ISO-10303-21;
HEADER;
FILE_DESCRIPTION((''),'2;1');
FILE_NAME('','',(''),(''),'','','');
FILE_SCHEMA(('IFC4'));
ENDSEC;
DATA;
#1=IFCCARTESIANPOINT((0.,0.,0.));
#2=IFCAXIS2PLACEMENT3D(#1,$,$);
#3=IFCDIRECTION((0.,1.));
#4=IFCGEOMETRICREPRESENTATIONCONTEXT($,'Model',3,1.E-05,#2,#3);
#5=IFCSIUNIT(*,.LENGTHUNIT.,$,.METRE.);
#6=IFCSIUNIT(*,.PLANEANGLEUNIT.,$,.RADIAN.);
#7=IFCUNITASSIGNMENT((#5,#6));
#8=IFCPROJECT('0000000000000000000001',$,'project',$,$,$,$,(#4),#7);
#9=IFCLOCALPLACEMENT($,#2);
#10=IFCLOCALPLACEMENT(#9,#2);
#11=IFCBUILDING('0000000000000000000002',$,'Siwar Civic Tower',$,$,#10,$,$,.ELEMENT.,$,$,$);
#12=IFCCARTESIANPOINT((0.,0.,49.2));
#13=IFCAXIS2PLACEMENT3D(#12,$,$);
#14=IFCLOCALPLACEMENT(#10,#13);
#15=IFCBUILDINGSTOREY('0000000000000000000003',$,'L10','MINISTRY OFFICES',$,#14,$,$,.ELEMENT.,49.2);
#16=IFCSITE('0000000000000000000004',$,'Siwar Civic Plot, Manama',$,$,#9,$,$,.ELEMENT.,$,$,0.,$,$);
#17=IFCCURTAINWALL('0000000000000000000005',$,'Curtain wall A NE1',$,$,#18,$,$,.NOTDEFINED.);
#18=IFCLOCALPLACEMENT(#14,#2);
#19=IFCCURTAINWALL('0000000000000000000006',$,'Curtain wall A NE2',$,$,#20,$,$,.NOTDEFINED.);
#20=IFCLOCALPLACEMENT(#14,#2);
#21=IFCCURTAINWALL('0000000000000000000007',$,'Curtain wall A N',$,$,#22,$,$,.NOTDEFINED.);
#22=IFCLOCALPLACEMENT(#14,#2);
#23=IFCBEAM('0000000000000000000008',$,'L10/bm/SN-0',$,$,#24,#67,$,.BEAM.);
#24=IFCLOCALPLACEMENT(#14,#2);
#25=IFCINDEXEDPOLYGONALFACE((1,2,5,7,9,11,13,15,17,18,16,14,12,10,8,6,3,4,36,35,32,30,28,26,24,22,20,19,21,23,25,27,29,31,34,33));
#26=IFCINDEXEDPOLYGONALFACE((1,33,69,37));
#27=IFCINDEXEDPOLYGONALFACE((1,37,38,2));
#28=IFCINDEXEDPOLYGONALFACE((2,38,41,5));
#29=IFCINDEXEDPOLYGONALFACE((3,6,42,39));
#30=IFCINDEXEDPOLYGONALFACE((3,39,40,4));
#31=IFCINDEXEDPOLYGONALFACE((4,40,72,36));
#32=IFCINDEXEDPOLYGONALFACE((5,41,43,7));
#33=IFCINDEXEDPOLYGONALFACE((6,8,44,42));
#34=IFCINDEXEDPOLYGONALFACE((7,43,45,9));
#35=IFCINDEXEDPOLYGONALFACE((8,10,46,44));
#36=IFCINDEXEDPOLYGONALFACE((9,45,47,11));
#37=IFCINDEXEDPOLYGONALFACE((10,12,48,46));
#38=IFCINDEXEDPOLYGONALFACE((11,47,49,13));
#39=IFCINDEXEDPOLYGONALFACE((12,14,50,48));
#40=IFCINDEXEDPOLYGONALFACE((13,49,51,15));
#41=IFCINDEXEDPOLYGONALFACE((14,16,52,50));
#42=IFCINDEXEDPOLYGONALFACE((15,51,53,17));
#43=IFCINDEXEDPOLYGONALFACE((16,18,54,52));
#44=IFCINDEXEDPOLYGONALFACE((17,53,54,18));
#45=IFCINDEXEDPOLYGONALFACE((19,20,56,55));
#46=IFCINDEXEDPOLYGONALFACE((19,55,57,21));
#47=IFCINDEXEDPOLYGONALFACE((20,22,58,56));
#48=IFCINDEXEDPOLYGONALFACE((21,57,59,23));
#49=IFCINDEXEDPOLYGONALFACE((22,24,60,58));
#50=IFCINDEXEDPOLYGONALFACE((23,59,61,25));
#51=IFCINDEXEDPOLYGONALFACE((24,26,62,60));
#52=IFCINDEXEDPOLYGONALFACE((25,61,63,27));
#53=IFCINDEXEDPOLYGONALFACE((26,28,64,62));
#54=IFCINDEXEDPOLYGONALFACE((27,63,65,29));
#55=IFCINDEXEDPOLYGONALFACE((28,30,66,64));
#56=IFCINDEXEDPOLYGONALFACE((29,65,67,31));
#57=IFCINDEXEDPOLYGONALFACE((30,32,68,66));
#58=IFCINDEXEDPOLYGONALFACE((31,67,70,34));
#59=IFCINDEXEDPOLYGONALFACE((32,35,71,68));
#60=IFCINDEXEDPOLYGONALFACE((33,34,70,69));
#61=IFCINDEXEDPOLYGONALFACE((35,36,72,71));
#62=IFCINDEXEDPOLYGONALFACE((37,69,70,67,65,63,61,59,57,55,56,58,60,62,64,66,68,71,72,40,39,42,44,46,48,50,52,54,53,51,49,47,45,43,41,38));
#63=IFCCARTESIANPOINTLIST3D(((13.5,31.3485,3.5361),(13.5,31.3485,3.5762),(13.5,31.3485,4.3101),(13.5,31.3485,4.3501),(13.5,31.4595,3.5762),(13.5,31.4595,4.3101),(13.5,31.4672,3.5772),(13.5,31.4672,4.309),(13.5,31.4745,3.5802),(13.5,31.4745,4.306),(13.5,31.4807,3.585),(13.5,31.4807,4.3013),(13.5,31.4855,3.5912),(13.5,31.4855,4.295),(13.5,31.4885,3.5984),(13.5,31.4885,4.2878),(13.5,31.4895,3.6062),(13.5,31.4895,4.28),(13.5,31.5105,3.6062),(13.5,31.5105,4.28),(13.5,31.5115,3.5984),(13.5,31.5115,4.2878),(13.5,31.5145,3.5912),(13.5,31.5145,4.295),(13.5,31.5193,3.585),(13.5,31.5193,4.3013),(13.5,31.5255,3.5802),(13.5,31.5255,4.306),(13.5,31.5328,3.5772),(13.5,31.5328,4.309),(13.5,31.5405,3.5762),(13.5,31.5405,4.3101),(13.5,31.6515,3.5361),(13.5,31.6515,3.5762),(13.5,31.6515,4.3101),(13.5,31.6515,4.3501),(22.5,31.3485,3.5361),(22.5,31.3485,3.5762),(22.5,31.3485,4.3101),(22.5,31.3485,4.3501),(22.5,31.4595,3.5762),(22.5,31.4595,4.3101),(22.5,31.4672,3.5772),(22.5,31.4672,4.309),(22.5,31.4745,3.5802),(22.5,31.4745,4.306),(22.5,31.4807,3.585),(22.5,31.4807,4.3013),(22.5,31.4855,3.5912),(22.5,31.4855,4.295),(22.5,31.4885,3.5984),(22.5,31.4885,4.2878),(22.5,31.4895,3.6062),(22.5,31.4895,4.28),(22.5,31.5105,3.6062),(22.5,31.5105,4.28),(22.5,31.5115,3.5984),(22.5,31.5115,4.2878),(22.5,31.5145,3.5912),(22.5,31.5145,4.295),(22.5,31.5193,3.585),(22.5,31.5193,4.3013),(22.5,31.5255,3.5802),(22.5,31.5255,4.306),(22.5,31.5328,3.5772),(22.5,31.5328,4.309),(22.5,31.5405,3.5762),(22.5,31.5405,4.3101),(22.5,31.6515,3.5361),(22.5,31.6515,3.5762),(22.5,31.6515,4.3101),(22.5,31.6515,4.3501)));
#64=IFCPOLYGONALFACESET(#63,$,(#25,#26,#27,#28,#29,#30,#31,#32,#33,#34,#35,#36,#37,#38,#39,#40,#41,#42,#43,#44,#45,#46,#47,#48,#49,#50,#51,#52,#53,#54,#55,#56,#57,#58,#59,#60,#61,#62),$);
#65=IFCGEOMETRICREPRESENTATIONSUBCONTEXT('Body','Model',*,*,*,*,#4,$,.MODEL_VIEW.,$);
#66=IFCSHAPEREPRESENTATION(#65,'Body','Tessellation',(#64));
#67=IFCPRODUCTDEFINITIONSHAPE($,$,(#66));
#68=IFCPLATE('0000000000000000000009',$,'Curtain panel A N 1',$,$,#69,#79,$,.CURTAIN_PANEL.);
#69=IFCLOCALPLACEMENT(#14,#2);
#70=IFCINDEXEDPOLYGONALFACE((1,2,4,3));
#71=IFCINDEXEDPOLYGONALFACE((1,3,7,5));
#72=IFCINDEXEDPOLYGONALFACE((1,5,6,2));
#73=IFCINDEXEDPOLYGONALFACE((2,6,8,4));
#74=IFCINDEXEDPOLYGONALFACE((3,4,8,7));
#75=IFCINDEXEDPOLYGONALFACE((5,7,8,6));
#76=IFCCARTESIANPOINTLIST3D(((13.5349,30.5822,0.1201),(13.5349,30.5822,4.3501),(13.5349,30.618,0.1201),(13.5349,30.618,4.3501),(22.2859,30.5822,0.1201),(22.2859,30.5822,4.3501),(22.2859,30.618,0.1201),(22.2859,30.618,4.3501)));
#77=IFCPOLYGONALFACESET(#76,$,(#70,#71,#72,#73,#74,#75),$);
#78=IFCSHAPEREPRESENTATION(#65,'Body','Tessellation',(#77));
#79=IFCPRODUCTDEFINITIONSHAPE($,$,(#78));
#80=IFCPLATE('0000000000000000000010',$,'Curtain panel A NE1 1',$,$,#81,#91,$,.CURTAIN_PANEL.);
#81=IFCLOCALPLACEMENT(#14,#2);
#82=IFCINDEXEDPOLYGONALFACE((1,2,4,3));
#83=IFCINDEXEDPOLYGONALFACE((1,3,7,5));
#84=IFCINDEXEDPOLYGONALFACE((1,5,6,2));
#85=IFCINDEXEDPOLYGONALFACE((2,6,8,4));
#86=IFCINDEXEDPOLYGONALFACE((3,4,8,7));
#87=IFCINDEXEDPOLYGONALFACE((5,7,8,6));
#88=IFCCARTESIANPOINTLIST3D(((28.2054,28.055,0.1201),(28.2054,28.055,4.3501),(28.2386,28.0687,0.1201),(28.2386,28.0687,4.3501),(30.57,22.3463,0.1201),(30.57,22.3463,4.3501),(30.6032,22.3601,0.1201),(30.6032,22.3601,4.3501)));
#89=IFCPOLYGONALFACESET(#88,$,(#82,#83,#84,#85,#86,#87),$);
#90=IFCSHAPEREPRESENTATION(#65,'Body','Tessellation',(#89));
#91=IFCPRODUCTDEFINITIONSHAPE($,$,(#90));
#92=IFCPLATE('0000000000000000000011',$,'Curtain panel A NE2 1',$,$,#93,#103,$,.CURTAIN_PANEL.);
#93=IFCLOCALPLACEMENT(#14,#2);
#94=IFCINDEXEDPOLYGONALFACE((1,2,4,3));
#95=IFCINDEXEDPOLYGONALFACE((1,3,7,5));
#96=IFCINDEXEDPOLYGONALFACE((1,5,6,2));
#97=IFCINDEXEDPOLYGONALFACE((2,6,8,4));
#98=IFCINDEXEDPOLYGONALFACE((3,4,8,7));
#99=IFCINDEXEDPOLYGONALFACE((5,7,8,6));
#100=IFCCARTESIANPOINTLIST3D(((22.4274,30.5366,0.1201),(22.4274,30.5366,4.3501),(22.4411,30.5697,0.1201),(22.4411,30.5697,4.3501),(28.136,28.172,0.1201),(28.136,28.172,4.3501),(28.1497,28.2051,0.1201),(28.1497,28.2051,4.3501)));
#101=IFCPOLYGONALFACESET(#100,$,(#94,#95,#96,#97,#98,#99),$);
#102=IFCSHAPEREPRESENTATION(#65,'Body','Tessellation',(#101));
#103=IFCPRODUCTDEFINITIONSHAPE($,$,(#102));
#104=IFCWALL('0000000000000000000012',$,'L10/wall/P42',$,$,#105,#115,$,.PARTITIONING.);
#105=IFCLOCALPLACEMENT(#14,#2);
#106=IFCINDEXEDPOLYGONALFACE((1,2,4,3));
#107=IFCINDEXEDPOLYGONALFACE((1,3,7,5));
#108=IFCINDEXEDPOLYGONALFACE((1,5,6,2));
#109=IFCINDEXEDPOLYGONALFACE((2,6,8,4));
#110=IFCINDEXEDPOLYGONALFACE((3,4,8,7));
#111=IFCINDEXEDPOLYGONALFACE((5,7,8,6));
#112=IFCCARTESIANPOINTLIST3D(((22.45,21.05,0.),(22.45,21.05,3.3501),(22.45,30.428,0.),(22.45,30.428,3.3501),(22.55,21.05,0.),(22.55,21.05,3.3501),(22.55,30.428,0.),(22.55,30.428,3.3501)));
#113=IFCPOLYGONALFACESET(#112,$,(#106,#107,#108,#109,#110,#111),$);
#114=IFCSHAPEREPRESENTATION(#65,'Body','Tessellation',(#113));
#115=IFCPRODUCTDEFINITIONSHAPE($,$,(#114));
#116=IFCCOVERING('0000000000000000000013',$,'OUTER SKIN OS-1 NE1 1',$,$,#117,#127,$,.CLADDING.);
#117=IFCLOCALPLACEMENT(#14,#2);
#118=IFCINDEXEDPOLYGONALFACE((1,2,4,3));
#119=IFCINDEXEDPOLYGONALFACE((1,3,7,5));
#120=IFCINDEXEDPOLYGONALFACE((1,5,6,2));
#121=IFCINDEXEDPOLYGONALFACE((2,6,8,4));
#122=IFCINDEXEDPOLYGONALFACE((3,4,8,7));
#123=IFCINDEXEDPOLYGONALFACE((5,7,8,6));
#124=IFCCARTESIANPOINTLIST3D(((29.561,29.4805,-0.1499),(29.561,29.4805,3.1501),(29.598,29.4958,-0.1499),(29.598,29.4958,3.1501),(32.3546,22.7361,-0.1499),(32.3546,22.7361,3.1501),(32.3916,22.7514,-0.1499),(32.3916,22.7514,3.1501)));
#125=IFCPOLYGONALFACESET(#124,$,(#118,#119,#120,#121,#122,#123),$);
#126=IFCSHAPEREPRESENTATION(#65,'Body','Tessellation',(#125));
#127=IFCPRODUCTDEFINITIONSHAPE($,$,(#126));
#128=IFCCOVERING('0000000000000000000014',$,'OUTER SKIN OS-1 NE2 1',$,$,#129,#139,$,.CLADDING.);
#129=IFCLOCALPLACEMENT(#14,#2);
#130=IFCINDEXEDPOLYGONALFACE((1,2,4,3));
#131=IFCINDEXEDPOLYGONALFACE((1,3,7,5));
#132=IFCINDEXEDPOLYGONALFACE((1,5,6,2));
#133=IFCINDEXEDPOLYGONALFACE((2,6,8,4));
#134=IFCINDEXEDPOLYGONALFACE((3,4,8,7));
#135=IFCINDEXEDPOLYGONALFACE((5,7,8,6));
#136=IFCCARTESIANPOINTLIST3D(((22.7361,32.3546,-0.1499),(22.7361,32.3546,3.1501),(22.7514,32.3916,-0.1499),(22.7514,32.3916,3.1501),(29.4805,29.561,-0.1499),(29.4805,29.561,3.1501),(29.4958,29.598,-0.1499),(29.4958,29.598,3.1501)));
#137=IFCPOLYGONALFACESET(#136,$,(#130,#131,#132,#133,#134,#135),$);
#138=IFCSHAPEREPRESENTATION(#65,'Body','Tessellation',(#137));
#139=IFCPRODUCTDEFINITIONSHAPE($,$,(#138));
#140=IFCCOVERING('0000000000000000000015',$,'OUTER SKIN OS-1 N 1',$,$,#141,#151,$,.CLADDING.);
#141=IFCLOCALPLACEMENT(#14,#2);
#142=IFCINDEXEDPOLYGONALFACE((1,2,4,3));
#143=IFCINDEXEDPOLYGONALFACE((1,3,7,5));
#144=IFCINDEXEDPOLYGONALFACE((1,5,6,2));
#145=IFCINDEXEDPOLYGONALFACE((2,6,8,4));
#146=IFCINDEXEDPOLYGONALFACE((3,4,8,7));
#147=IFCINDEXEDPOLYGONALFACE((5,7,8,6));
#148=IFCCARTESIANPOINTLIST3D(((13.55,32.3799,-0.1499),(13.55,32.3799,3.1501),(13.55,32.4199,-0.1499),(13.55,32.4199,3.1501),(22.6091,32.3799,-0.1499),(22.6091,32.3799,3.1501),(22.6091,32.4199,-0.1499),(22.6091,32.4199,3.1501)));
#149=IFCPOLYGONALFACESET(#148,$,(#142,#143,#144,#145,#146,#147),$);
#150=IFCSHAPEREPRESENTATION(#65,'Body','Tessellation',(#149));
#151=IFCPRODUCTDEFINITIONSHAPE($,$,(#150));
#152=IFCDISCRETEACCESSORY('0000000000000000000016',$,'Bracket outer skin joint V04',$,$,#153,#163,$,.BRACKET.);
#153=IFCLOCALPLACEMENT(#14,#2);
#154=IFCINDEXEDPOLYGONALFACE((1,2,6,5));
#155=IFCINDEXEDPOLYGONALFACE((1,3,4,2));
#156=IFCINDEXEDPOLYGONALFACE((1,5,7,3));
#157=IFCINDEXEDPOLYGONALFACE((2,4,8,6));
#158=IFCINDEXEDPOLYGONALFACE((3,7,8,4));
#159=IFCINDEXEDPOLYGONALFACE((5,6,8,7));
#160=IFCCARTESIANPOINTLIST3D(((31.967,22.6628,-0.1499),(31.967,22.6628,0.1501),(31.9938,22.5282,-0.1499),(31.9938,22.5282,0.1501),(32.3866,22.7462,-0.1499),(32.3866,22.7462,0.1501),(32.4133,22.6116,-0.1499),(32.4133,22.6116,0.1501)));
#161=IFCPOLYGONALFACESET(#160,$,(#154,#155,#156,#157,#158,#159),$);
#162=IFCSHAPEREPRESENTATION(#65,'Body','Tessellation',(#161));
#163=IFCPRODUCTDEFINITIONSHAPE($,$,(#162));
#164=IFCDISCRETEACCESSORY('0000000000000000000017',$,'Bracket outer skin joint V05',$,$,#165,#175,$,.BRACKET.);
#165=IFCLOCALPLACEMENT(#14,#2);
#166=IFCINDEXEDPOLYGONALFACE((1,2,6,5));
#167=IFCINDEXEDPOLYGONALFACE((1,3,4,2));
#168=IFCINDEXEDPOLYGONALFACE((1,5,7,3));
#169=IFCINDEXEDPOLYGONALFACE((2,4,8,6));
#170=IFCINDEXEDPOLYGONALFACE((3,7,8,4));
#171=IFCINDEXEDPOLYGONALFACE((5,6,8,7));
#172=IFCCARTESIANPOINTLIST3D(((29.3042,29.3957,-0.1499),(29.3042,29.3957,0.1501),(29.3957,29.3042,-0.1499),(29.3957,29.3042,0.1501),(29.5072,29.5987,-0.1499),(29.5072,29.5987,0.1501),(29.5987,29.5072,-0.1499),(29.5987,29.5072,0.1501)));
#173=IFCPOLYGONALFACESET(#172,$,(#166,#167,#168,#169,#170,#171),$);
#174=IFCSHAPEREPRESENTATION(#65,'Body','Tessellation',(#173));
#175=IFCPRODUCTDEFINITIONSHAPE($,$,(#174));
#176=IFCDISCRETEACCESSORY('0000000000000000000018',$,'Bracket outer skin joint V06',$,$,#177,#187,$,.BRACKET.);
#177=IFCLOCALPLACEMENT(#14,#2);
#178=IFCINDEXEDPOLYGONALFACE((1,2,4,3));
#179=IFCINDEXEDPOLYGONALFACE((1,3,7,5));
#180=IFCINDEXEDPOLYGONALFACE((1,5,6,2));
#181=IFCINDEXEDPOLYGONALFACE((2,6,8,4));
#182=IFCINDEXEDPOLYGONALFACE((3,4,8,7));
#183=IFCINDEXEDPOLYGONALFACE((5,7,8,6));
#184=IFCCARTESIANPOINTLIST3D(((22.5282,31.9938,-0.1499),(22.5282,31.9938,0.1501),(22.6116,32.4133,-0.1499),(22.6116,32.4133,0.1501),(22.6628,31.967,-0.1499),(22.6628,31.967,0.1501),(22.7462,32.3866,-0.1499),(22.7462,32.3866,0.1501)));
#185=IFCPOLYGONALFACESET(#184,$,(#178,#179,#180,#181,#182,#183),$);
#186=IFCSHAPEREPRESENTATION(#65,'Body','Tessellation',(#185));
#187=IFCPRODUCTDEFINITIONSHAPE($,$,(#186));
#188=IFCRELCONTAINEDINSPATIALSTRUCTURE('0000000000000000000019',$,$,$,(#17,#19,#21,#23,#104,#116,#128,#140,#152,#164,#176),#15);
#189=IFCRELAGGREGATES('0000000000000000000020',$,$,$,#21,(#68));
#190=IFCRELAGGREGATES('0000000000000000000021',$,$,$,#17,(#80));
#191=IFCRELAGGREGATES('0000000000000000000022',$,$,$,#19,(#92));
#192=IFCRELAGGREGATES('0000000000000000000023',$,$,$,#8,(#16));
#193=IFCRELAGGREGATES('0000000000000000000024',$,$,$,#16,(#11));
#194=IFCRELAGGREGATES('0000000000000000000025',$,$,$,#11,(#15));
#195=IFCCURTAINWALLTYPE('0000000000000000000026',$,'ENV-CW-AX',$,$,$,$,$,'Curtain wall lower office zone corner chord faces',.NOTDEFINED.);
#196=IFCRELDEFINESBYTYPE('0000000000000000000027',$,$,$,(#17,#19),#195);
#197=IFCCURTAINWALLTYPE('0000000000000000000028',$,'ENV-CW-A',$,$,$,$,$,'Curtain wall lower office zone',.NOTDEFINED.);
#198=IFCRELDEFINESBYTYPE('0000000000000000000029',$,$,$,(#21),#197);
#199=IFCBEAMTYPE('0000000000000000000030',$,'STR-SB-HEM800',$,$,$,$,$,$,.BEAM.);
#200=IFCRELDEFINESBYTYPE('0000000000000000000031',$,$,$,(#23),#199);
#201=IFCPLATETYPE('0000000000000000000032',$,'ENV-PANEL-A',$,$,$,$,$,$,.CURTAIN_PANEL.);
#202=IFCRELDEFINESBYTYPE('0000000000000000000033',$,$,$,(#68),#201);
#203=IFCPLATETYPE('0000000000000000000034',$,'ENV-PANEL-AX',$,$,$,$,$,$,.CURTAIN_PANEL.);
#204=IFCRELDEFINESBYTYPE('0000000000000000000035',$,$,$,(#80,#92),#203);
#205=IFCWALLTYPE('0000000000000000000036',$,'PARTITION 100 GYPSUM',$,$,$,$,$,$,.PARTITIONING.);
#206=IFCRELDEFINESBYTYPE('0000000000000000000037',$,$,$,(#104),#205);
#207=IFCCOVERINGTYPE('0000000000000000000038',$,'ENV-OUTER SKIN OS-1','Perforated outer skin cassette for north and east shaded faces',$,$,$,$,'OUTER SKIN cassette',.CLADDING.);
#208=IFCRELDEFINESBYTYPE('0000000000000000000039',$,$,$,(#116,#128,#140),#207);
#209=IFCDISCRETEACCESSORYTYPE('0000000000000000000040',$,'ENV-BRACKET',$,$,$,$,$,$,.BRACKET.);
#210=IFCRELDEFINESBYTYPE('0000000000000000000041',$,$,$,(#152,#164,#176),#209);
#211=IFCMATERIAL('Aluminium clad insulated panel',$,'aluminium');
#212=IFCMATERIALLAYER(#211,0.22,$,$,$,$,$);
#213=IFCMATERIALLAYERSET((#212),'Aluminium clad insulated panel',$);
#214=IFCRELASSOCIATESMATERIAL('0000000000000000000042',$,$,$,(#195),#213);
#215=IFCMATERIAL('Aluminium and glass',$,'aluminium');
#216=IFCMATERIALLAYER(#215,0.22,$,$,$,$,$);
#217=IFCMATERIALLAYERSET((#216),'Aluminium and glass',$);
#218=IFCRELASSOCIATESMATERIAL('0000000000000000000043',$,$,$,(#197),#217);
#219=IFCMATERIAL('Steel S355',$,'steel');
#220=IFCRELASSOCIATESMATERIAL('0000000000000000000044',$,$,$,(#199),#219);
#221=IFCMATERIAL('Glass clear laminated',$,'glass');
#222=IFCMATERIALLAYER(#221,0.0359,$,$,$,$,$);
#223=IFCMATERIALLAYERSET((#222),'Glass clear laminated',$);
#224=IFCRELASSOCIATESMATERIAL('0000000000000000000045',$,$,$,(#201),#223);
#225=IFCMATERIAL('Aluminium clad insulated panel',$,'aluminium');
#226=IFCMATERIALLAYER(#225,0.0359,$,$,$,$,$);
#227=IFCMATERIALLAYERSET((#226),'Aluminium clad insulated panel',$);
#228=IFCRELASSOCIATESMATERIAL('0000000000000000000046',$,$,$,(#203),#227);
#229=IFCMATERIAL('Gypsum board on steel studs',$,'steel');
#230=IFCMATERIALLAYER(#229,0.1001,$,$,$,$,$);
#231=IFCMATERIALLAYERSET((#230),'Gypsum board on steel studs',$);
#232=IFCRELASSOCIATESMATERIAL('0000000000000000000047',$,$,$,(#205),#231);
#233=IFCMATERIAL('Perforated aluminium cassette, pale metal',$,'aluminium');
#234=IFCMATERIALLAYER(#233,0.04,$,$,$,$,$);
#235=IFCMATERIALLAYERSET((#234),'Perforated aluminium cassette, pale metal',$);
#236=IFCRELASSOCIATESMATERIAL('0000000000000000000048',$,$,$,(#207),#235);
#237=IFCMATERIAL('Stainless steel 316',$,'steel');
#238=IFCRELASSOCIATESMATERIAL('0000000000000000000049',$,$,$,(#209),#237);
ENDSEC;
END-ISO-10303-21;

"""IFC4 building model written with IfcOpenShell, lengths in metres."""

from ifc_helpers import new_model, si_unit, direction, frame, frame_2d, origin, origin_2d, place, context, subcontext, project, spatial, rectangle, i_section, extrude, material, layer, layer_set, material_profile, profile_set, type_object, element, aggregate, save


model = new_model("IFC4")

# Units and contexts
model_context = context("Model", 3, precision=1e-05, world=origin(), true_north=direction((0.0, 1.0)))
body_context = subcontext(model_context, "Body", "Model", "MODEL_VIEW")
ifc_project = project(units=[si_unit("LENGTHUNIT", "METRE"), si_unit("PLANEANGLEUNIT", "RADIAN")], contexts=[model_context])

# Site, building, storey
site_placement = place(None, origin())
site = spatial("IfcSite", under=ifc_project, at=site_placement, Name="Siwar Civic Plot, Manama", CompositionType="ELEMENT", RefElevation=0.0)
building_placement = place(site_placement, origin())
building = spatial("IfcBuilding", under=site, at=building_placement, Name="Siwar Civic Tower", CompositionType="ELEMENT")
storey_placement = place(building_placement, frame((0.0, 0.0, 49.2)))
storey = spatial("IfcBuildingStorey", under=building, at=storey_placement, Name="L10", Description="MINISTRY OFFICES", CompositionType="ELEMENT", Elevation=49.2)

# Curtain walls
ifc_material_1 = material(Name="Aluminium clad insulated panel", Category="aluminium")
ifc_layer_1 = layer(ifc_material_1, 0.22)
ifc_layer_set_1 = layer_set([ifc_layer_1], Name="Aluminium clad insulated panel")
curtain_wall_type_1 = type_object("IfcCurtainWallType", Name="ENV-CW-AX", ElementType="Curtain wall lower office zone corner chord faces", PredefinedType="NOTDEFINED", material=ifc_layer_set_1)
curtain_wall_1_placement = place(storey_placement, origin())
curtain_wall_1 = element("IfcCurtainWall", 1, at=curtain_wall_1_placement, inside=storey, type_object=curtain_wall_type_1, Name="Curtain wall A NE1", PredefinedType="NOTDEFINED")
curtain_wall_2_placement = place(storey_placement, origin())
curtain_wall_2 = element("IfcCurtainWall", 2, at=curtain_wall_2_placement, inside=storey, type_object=curtain_wall_type_1, Name="Curtain wall A NE2", PredefinedType="NOTDEFINED")
ifc_material_2 = material(Name="Aluminium and glass", Category="aluminium")
ifc_layer_2 = layer(ifc_material_2, 0.22)
ifc_layer_set_2 = layer_set([ifc_layer_2], Name="Aluminium and glass")
curtain_wall_type_2 = type_object("IfcCurtainWallType", Name="ENV-CW-A", ElementType="Curtain wall lower office zone", PredefinedType="NOTDEFINED", material=ifc_layer_set_2)
curtain_wall_3_placement = place(storey_placement, origin())
curtain_wall_3 = element("IfcCurtainWall", 3, at=curtain_wall_3_placement, inside=storey, type_object=curtain_wall_type_2, Name="Curtain wall A N", PredefinedType="NOTDEFINED")

# Beam
ifc_material_3 = material(Name="Steel S355", Category="steel")
ifc_material_profile_1 = material_profile(ifc_material_3, i_section(OverallWidth=0.303, OverallDepth=0.814, WebThickness=0.021, FlangeThickness=0.04, FilletRadius=0.03, at=origin_2d()), Name="HEM800")
ifc_profile_set_1 = profile_set([ifc_material_profile_1], Name="Steel S355")
beam_type_1 = type_object("IfcBeamType", Name="STR-SB-HEM800", PredefinedType="BEAM", material=ifc_profile_set_1)
beam_1_placement = place(storey_placement, frame((22.5, 31.5, 3.9431), z_axis=(-1.0, 0.0, 0.0), x_axis=(0.0, -1.0, 0.0)))
element("IfcBeam", 4, at=beam_1_placement, inside=storey, type_object=beam_type_1, Name="L10/bm/SN-0", PredefinedType="BEAM", context=body_context, shape_type="SweptSolid", body=[
    extrude(i_section(OverallWidth=0.303, OverallDepth=0.814, WebThickness=0.021, FlangeThickness=0.04, FilletRadius=0.03, at=origin_2d()), origin(), (0.0, 0.0, 1.0), 9.0),
])

# Plates
ifc_material_4 = material(Name="Glass clear laminated", Category="glass")
ifc_layer_3 = layer(ifc_material_4, 0.0359)
ifc_layer_set_3 = layer_set([ifc_layer_3], Name="Glass clear laminated")
plate_type_1 = type_object("IfcPlateType", Name="ENV-PANEL-A", PredefinedType="CURTAIN_PANEL", material=ifc_layer_set_3)
plate_1_placement = place(storey_placement, frame((17.9104, 30.6001, 0.1201), z_axis=(0.0, 0.0, 1.0), x_axis=(-1.0, 0.0, 0.0)))
plate_1 = element("IfcPlate", 5, at=plate_1_placement, type_object=plate_type_1, Name="Curtain panel A N 1", PredefinedType="CURTAIN_PANEL", context=body_context, shape_type="SweptSolid", body=[
    extrude(rectangle(XDim=8.751, YDim=0.0359, at=origin_2d()), origin(), (0.0, 0.0, 1.0), 4.23),
])
aggregate(curtain_wall_3, [plate_1])
ifc_material_5 = material(Name="Aluminium clad insulated panel", Category="aluminium")
ifc_layer_4 = layer(ifc_material_5, 0.0359)
ifc_layer_set_4 = layer_set([ifc_layer_4], Name="Aluminium clad insulated panel")
plate_type_2 = type_object("IfcPlateType", Name="ENV-PANEL-AX", PredefinedType="CURTAIN_PANEL", material=ifc_layer_set_4)
plate_2_placement = place(storey_placement, frame((29.4043, 25.2075, 0.1201), z_axis=(0.0, 0.0, 1.0), x_axis=(-0.382683, 0.92388, 0.0)))
plate_2 = element("IfcPlate", 6, at=plate_2_placement, type_object=plate_type_2, Name="Curtain panel A NE1 1", PredefinedType="CURTAIN_PANEL", context=body_context, shape_type="SweptSolid", body=[
    extrude(rectangle(XDim=6.179, YDim=0.0359, at=origin_2d()), origin(), (0.0, 0.0, 1.0), 4.23),
])
aggregate(curtain_wall_1, [plate_2])
plate_3_placement = place(storey_placement, frame((25.2886, 29.3708, 0.1201), z_axis=(0.0, 0.0, 1.0), x_axis=(-0.92388, 0.382683, 0.0)))
plate_3 = element("IfcPlate", 7, at=plate_3_placement, type_object=plate_type_2, Name="Curtain panel A NE2 1", PredefinedType="CURTAIN_PANEL", context=body_context, shape_type="SweptSolid", body=[
    extrude(rectangle(XDim=6.179, YDim=0.0359, at=origin_2d()), origin(), (0.0, 0.0, 1.0), 4.23),
])
aggregate(curtain_wall_2, [plate_3])

# Wall
ifc_material_6 = material(Name="Gypsum board on steel studs", Category="steel")
ifc_layer_5 = layer(ifc_material_6, 0.1001)
ifc_layer_set_5 = layer_set([ifc_layer_5], Name="Gypsum board on steel studs")
wall_type = type_object("IfcWallType", Name="PARTITION 100 GYPSUM", PredefinedType="PARTITIONING", material=ifc_layer_set_5)
wall_placement = place(storey_placement, frame((22.5, 21.05, 0.0), z_axis=(0.0, 0.0, 1.0), x_axis=(0.0, 1.0, 0.0)))
element("IfcWall", 8, at=wall_placement, inside=storey, type_object=wall_type, Name="L10/wall/P42", PredefinedType="PARTITIONING", context=body_context, shape_type="SweptSolid", body=[
    extrude(rectangle(XDim=9.3779, YDim=0.1001, at=frame_2d((4.689, 0.0))), origin(), (0.0, 0.0, 1.0), 3.3501),
])

# Coverings
ifc_material_7 = material(Name="Perforated aluminium cassette, pale metal", Category="aluminium")
ifc_layer_6 = layer(ifc_material_7, 0.04)
ifc_layer_set_6 = layer_set([ifc_layer_6], Name="Perforated aluminium cassette, pale metal")
covering_type = type_object("IfcCoveringType", Name="ENV-OUTER SKIN OS-1", Description="Perforated outer skin cassette for north and east shaded faces", ElementType="OUTER SKIN cassette", PredefinedType="CLADDING", material=ifc_layer_set_6)
for number, where, z_axis, x_axis, name in (
    (9, (30.9763, 26.116, -0.1499), (0.0, 0.0, 1.0), (-0.382683, 0.92388, 0.0), "OUTER SKIN OS-1 NE1 1"),
    (10, (26.116, 30.9763, -0.1499), (0.0, 0.0, 1.0), (-0.92388, 0.382683, 0.0), "OUTER SKIN OS-1 NE2 1"),
):
    element("IfcCovering", number, at=place(storey_placement, frame(where, z_axis=z_axis, x_axis=x_axis)), inside=storey, type_object=covering_type, Name=name, PredefinedType="CLADDING", context=body_context, shape_type="SweptSolid", body=[
        extrude(rectangle(XDim=7.3, YDim=0.04, at=origin_2d()), origin(), (0.0, 0.0, 1.0), 3.3),
    ])
covering_placement = place(storey_placement, frame((18.0796, 32.3999, -0.1499), z_axis=(0.0, 0.0, 1.0), x_axis=(-1.0, 0.0, 0.0)))
element("IfcCovering", 11, at=covering_placement, inside=storey, type_object=covering_type, Name="OUTER SKIN OS-1 N 1", PredefinedType="CLADDING", context=body_context, shape_type="SweptSolid", body=[
    extrude(rectangle(XDim=9.0591, YDim=0.04, at=origin_2d()), origin(), (0.0, 0.0, 1.0), 3.3),
])

# Discrete accessories
ifc_material_8 = material(Name="Stainless steel 316", Category="steel")
discrete_accessory_type = type_object("IfcDiscreteAccessoryType", Name="ENV-BRACKET", PredefinedType="BRACKET", material=ifc_material_8)
discrete_accessory_1_placement = place(storey_placement, frame((32.1902, 22.6372, -0.1499), z_axis=(0.0, 0.0, 1.0), x_axis=(0.980785, 0.19509, 0.0)))
element("IfcDiscreteAccessory", 12, at=discrete_accessory_1_placement, inside=storey, type_object=discrete_accessory_type, Name="Bracket outer skin joint V04", PredefinedType="BRACKET", context=body_context, shape_type="SweptSolid", body=[
    extrude(rectangle(XDim=0.4277, YDim=0.1372, at=origin_2d()), origin(), (0.0, 0.0, 1.0), 0.3),
])
discrete_accessory_2_placement = place(storey_placement, frame((29.4514, 29.4514, -0.1499), z_axis=(0.0, 0.0, 1.0), x_axis=(0.707107, 0.707107, 0.0)))
element("IfcDiscreteAccessory", 13, at=discrete_accessory_2_placement, inside=storey, type_object=discrete_accessory_type, Name="Bracket outer skin joint V05", PredefinedType="BRACKET", context=body_context, shape_type="SweptSolid", body=[
    extrude(rectangle(XDim=0.2871, YDim=0.1294, at=origin_2d()), origin(), (0.0, 0.0, 1.0), 0.3),
])
discrete_accessory_3_placement = place(storey_placement, frame((22.6372, 32.1902, -0.1499), z_axis=(0.0, 0.0, 1.0), x_axis=(0.19509, 0.980785, 0.0)))
element("IfcDiscreteAccessory", 14, at=discrete_accessory_3_placement, inside=storey, type_object=discrete_accessory_type, Name="Bracket outer skin joint V06", PredefinedType="BRACKET", context=body_context, shape_type="SweptSolid", body=[
    extrude(rectangle(XDim=0.4277, YDim=0.1372, at=origin_2d()), origin(), (0.0, 0.0, 1.0), 0.3),
])

save(model, "model.ifc")
